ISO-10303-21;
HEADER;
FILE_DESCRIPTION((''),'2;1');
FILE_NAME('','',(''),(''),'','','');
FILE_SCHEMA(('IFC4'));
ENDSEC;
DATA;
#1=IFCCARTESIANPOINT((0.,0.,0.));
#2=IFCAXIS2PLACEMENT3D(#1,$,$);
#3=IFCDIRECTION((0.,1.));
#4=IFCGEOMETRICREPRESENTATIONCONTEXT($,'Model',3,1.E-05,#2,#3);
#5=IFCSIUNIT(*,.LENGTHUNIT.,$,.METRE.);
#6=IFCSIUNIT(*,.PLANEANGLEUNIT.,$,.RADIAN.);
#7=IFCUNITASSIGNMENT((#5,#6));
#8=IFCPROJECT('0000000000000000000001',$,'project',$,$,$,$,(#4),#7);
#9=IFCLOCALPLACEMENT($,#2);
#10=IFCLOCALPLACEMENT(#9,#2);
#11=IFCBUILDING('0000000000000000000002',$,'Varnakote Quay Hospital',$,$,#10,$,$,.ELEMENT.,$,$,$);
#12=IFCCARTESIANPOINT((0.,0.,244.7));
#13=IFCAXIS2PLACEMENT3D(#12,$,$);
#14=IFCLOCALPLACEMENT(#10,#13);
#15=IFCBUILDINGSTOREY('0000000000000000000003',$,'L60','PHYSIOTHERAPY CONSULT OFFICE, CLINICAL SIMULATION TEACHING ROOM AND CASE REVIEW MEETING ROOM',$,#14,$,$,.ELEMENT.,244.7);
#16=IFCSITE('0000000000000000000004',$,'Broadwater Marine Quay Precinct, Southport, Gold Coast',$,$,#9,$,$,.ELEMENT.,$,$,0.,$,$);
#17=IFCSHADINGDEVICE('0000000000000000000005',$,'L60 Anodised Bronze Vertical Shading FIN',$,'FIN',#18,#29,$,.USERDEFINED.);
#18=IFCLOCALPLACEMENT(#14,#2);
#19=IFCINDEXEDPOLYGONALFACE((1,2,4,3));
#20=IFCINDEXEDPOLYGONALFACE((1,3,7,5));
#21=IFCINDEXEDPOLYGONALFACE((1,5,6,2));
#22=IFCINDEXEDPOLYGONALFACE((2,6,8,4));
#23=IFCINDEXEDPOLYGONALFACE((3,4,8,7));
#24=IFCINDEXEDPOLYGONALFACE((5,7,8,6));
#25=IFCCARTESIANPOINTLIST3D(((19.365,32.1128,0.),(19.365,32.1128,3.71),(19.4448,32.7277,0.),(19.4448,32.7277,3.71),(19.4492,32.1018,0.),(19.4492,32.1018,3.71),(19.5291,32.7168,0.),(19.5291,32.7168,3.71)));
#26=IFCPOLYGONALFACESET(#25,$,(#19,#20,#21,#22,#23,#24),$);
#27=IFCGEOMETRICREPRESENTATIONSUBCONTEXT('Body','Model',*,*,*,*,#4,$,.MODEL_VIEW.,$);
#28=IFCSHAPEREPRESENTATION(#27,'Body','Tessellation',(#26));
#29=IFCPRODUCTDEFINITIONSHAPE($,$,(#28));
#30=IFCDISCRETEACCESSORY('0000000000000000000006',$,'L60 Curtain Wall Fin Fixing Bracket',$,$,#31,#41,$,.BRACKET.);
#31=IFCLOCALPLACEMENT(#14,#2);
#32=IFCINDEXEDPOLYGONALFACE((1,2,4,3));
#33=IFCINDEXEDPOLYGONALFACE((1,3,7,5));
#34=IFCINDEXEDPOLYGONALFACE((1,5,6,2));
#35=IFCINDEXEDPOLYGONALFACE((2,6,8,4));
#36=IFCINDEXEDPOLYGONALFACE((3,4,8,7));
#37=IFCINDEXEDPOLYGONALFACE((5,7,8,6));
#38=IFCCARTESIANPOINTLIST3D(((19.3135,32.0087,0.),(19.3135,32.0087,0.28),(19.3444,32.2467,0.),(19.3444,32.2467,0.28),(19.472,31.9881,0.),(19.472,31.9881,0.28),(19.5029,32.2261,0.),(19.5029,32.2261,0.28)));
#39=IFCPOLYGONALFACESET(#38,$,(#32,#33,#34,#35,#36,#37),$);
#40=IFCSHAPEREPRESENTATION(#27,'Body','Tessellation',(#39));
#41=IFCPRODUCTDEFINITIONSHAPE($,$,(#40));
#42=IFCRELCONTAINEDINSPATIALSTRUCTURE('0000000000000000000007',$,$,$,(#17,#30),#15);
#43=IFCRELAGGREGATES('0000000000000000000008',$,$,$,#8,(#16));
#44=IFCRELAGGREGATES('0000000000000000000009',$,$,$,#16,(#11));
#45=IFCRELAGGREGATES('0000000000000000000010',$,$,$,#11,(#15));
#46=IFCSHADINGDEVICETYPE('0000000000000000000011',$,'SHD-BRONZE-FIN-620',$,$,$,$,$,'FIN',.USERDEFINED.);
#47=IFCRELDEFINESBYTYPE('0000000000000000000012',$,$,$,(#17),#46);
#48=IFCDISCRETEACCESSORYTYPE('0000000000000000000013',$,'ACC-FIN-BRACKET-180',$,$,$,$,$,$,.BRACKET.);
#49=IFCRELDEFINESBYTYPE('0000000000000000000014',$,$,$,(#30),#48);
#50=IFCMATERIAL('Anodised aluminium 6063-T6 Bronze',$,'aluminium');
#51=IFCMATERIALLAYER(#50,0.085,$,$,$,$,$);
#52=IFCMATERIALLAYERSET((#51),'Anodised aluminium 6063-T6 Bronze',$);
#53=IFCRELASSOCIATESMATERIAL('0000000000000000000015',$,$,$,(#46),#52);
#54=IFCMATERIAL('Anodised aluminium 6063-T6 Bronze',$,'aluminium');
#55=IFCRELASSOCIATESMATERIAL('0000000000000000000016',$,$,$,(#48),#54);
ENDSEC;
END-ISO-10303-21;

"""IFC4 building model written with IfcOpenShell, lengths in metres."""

from ifc_helpers import new_model, si_unit, direction, frame, origin, origin_2d, place, context, subcontext, project, spatial, rectangle, extrude, material, layer, layer_set, type_object, element, save


model = new_model("IFC4")

# Units and contexts
model_context = context("Model", 3, precision=1e-05, world=origin(), true_north=direction((0.0, 1.0)))
body_context = subcontext(model_context, "Body", "Model", "MODEL_VIEW")
ifc_project = project(units=[si_unit("LENGTHUNIT", "METRE"), si_unit("PLANEANGLEUNIT", "RADIAN")], contexts=[model_context])

# Site, building, storey
site_placement = place(None, origin())
site = spatial("IfcSite", under=ifc_project, at=site_placement, Name="Broadwater Marine Quay Precinct, Southport, Gold Coast", CompositionType="ELEMENT", RefElevation=0.0)
building_placement = place(site_placement, origin())
building = spatial("IfcBuilding", under=site, at=building_placement, Name="Varnakote Quay Hospital", CompositionType="ELEMENT")
storey_placement = place(building_placement, frame((0.0, 0.0, 244.7)))
storey = spatial("IfcBuildingStorey", under=building, at=storey_placement, Name="L60", Description="PHYSIOTHERAPY CONSULT OFFICE, CLINICAL SIMULATION TEACHING ROOM AND CASE REVIEW MEETING ROOM", CompositionType="ELEMENT", Elevation=244.7)

# Shading device
ifc_material_1 = material(Name="Anodised aluminium 6063-T6 Bronze", Category="aluminium")
ifc_layer_1 = layer(ifc_material_1, 0.085)
ifc_layer_set_1 = layer_set([ifc_layer_1], Name="Anodised aluminium 6063-T6 Bronze")
shading_device_type = type_object("IfcShadingDeviceType", Name="SHD-BRONZE-FIN-620", ElementType="FIN", PredefinedType="USERDEFINED", material=ifc_layer_set_1)
shading_device_placement = place(storey_placement, frame((19.447, 32.4148, 0.0), z_axis=(0.0, 0.0, 1.0), x_axis=(-0.128796, -0.991671, 0.0)))
element("IfcShadingDevice", 1, at=shading_device_placement, inside=storey, type_object=shading_device_type, Name="L60 Anodised Bronze Vertical Shading FIN", ObjectType="FIN", PredefinedType="USERDEFINED", context=body_context, shape_type="SweptSolid", body=[
    extrude(rectangle(XDim=0.6201, YDim=0.085, at=origin_2d()), origin(), (0.0, 0.0, 1.0), 3.71),
])

# Discrete accessory
ifc_material_2 = material(Name="Anodised aluminium 6063-T6 Bronze", Category="aluminium")
discrete_accessory_type = type_object("IfcDiscreteAccessoryType", Name="ACC-FIN-BRACKET-180", PredefinedType="BRACKET", material=ifc_material_2)
discrete_accessory_placement = place(storey_placement, frame((19.4082, 32.1174, 0.0), z_axis=(0.0, 0.0, 1.0), x_axis=(-0.991671, 0.128796, 0.0)))
element("IfcDiscreteAccessory", 2, at=discrete_accessory_placement, inside=storey, type_object=discrete_accessory_type, Name="L60 Curtain Wall Fin Fixing Bracket", PredefinedType="BRACKET", context=body_context, shape_type="SweptSolid", body=[
    extrude(rectangle(XDim=0.1599, YDim=0.24, at=origin_2d()), origin(), (0.0, 0.0, 1.0), 0.28),
])

save(model, "model.ifc")
